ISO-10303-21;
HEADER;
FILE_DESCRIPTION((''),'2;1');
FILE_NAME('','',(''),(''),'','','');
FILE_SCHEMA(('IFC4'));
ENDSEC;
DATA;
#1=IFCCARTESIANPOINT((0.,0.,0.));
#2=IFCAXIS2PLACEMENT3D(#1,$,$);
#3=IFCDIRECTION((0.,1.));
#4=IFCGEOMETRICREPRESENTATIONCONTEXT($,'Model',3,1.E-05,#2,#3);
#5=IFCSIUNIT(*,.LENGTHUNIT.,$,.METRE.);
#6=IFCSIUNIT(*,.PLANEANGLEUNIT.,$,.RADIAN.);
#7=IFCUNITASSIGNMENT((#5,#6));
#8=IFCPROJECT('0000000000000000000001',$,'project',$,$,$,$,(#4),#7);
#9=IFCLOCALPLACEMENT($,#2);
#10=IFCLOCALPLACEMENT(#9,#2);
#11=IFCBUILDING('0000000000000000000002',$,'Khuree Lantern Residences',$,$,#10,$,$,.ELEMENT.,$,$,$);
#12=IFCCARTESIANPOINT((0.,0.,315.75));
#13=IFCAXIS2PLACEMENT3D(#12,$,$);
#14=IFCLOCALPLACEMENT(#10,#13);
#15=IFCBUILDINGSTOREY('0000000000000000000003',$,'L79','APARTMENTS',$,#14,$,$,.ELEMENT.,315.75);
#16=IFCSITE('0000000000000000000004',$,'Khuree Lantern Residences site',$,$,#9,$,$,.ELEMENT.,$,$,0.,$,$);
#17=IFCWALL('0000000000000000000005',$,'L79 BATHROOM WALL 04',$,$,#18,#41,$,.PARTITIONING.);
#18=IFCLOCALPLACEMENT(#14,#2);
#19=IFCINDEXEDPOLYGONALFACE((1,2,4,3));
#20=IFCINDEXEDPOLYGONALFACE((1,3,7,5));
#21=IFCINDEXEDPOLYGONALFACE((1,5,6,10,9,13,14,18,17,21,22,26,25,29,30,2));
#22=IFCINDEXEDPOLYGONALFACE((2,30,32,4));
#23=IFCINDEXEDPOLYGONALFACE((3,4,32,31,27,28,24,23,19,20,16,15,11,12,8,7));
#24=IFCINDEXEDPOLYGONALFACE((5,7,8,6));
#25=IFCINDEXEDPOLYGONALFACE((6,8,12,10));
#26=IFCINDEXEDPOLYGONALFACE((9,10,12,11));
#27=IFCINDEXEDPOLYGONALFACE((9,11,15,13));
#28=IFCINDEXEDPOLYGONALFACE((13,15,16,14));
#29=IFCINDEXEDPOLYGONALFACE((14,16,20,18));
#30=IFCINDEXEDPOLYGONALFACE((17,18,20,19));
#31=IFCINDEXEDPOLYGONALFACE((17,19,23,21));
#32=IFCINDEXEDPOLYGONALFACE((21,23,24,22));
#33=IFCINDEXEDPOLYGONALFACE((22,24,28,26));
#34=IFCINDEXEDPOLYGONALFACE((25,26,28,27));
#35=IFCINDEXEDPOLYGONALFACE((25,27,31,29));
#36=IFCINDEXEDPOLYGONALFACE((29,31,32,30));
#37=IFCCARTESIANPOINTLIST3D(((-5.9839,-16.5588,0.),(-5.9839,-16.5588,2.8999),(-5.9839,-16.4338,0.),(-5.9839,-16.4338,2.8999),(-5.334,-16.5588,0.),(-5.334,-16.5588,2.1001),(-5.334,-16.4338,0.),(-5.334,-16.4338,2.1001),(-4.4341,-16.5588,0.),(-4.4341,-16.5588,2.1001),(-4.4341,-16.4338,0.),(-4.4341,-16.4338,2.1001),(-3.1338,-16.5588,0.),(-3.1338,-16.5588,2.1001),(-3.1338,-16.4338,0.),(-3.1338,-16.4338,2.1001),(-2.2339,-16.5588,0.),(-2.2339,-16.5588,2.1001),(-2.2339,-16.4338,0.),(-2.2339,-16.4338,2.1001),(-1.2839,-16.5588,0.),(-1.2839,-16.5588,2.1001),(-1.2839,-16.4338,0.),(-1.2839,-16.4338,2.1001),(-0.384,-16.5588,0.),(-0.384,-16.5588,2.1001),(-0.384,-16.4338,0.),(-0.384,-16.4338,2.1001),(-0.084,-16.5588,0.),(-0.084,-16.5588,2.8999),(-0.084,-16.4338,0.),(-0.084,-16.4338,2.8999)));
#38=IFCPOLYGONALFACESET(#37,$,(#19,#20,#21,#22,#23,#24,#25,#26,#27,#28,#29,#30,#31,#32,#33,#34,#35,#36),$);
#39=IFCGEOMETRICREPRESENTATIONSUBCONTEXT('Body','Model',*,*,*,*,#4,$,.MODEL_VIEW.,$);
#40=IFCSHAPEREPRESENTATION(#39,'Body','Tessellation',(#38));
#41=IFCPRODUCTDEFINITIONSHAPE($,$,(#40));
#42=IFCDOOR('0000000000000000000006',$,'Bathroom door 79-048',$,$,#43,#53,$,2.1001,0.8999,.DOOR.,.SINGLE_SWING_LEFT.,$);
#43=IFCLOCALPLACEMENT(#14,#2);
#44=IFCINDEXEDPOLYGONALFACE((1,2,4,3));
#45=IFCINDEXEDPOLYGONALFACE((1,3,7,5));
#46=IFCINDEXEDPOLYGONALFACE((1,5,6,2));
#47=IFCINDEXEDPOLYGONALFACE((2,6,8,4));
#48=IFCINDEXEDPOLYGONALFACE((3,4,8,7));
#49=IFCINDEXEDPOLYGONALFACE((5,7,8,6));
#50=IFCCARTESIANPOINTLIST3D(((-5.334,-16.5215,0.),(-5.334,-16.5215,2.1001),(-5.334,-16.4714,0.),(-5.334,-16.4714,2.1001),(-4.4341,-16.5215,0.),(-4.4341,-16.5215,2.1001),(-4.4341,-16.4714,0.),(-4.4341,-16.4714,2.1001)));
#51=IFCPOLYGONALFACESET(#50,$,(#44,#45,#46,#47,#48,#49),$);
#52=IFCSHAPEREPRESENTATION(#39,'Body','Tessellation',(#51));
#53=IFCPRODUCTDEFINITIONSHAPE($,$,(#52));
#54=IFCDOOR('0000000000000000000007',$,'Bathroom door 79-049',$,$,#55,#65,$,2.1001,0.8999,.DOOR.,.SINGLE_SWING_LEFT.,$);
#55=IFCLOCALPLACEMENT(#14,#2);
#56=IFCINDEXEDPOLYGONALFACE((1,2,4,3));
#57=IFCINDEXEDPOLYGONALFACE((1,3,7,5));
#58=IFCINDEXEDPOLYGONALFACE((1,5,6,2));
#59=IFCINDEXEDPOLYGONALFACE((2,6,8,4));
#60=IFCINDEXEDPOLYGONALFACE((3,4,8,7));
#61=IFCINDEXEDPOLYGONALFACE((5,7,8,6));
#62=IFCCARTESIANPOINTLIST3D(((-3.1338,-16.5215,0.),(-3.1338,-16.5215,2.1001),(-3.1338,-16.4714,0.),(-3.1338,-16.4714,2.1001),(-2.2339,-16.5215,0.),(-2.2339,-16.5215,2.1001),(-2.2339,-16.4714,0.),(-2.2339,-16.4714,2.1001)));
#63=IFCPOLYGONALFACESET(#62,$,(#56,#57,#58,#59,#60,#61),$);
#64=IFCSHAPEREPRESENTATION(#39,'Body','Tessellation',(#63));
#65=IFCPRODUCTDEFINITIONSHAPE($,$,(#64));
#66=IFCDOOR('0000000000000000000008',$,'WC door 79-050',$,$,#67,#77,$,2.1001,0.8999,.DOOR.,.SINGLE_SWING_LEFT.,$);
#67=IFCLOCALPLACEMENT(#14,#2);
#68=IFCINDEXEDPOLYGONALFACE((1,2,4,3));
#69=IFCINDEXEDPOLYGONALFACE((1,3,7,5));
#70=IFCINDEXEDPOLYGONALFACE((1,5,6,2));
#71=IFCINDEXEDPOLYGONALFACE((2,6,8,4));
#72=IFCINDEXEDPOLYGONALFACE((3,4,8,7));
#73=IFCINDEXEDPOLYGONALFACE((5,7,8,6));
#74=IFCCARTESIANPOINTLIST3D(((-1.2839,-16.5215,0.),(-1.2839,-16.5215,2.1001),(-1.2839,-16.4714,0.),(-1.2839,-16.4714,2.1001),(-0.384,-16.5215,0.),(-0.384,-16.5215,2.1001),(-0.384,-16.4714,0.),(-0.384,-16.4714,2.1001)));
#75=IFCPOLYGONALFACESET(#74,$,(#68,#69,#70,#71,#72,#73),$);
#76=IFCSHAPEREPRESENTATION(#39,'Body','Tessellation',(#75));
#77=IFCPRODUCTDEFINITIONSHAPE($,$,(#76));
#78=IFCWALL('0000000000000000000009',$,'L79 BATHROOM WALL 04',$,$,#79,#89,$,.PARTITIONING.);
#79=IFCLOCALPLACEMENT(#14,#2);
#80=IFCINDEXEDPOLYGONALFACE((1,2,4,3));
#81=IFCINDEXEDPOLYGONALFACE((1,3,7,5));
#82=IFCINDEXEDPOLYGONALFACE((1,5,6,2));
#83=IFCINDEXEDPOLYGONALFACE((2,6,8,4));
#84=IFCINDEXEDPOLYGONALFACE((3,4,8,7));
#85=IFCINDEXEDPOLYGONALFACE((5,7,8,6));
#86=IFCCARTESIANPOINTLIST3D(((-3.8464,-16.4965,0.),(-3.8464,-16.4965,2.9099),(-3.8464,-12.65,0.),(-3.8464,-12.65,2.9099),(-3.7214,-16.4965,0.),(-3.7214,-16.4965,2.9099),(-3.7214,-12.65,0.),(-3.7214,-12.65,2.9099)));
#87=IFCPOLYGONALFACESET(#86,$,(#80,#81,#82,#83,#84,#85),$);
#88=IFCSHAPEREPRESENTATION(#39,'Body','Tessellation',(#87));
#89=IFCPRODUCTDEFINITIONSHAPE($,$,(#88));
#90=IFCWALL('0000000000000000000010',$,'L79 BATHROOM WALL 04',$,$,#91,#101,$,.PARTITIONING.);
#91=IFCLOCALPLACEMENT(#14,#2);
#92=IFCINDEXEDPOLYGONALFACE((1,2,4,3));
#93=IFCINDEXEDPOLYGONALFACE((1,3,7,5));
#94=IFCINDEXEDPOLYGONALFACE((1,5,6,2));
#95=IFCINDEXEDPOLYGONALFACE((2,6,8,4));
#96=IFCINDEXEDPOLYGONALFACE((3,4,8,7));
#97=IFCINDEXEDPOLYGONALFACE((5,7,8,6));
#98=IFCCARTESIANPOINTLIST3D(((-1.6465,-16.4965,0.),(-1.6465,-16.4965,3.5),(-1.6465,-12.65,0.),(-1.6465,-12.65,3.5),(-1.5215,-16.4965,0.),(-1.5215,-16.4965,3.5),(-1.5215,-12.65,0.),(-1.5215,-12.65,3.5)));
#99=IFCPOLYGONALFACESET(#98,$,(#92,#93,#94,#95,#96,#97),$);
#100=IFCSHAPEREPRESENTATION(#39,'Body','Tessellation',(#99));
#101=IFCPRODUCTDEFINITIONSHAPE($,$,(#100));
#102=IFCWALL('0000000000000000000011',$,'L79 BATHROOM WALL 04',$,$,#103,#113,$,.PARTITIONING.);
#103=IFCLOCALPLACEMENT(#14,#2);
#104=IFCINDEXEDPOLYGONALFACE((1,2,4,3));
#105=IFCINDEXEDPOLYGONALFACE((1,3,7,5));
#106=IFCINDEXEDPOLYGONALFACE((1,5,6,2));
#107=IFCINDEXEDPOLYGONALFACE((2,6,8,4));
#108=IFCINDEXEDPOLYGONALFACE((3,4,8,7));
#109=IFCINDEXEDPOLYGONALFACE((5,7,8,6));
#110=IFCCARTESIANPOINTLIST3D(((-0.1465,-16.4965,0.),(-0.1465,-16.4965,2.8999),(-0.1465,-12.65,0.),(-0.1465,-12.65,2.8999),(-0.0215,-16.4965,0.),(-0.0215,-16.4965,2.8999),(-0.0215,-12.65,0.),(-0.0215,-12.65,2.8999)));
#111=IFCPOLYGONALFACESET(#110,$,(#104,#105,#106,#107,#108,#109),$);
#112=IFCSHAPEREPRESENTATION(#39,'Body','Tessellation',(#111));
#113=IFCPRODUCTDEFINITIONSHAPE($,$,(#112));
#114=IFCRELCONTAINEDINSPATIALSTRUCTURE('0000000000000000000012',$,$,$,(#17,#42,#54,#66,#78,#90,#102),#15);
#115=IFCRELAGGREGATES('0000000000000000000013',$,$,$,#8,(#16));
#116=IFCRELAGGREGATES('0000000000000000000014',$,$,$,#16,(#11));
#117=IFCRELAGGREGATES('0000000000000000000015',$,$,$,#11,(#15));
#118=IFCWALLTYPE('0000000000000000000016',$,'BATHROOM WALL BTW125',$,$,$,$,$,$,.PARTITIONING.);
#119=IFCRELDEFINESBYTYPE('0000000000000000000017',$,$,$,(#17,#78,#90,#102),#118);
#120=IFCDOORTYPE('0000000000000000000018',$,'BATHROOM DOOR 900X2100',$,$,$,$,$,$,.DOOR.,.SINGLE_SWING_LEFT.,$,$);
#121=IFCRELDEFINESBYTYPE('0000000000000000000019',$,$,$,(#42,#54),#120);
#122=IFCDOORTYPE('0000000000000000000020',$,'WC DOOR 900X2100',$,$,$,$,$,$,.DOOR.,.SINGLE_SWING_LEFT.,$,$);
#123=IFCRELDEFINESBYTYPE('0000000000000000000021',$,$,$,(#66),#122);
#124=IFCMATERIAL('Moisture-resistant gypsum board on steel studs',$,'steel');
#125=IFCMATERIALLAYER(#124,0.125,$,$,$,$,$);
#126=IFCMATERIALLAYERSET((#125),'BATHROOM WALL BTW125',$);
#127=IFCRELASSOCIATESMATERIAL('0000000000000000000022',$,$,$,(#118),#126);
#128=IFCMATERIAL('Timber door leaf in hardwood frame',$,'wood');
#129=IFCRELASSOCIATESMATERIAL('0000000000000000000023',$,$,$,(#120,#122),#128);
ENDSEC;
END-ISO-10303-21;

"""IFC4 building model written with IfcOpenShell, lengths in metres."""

from ifc_helpers import new_model, si_unit, direction, frame, frame_2d, origin, place, context, subcontext, project, spatial, rectangle, extrude, material, layer, layer_set, type_object, element, fill, save


model = new_model("IFC4")

# Units and contexts
model_context = context("Model", 3, precision=1e-05, world=origin(), true_north=direction((0.0, 1.0)))
body_context = subcontext(model_context, "Body", "Model", "MODEL_VIEW")
ifc_project = project(units=[si_unit("LENGTHUNIT", "METRE"), si_unit("PLANEANGLEUNIT", "RADIAN")], contexts=[model_context])

# Site, building, storey
site_placement = place(None, origin())
site = spatial("IfcSite", under=ifc_project, at=site_placement, Name="Khuree Lantern Residences site", CompositionType="ELEMENT", RefElevation=0.0)
building_placement = place(site_placement, origin())
building = spatial("IfcBuilding", under=site, at=building_placement, Name="Khuree Lantern Residences", CompositionType="ELEMENT")
storey_placement = place(building_placement, frame((0.0, 0.0, 315.75)))
storey = spatial("IfcBuildingStorey", under=building, at=storey_placement, Name="L79", Description="APARTMENTS", CompositionType="ELEMENT", Elevation=315.75)

# Wall, openings, doors
ifc_material_1 = material(Name="Moisture-resistant gypsum board on steel studs", Category="steel")
ifc_layer_1 = layer(ifc_material_1, 0.125)
ifc_layer_set_1 = layer_set([ifc_layer_1], Name="BATHROOM WALL BTW125")
wall_type_1 = type_object("IfcWallType", Name="BATHROOM WALL BTW125", PredefinedType="PARTITIONING", material=ifc_layer_set_1)
wall_1_placement = place(storey_placement, frame((-5.9839, -16.4963, 0.0), z_axis=(0.0, 0.0, 1.0), x_axis=(1.0, 0.0, 0.0)))
wall_1 = element("IfcWall", 1, at=wall_1_placement, inside=storey, type_object=wall_type_1, Name="L79 BATHROOM WALL 04", PredefinedType="PARTITIONING", context=body_context, shape_type="SweptSolid", body=[
    extrude(rectangle(XDim=5.8999, YDim=0.125, at=frame_2d((2.95, 0.0))), origin(), (0.0, 0.0, 1.0), 2.8999),
])
opening_1_placement = place(wall_1_placement, frame((0.6499, 0.0, 0.0)))
opening_1 = element("IfcOpeningElement", 2, at=opening_1_placement, cuts=wall_1, PredefinedType="OPENING", context=body_context, shape_type="SweptSolid", body=[
    extrude(rectangle(XDim=0.8999, YDim=2.1001, at=frame_2d((0.45, 1.05))), frame((0.0, 0.0725, 0.0), z_axis=(0.0, -1.0, 0.0), x_axis=(1.0, 0.0, 0.0)), (0.0, 0.0, 1.0), 0.145),
])
opening_2_placement = place(wall_1_placement, frame((2.8501, 0.0, 0.0)))
opening_2 = element("IfcOpeningElement", 3, at=opening_2_placement, cuts=wall_1, PredefinedType="OPENING", context=body_context, shape_type="SweptSolid", body=[
    extrude(rectangle(XDim=0.8999, YDim=2.1001, at=frame_2d((0.45, 1.05))), frame((0.0, 0.0725, 0.0), z_axis=(0.0, -1.0, 0.0), x_axis=(1.0, 0.0, 0.0)), (0.0, 0.0, 1.0), 0.145),
])
opening_3_placement = place(wall_1_placement, frame((4.7, 0.0, 0.0)))
opening_3 = element("IfcOpeningElement", 4, at=opening_3_placement, cuts=wall_1, PredefinedType="OPENING", context=body_context, shape_type="SweptSolid", body=[
    extrude(rectangle(XDim=0.8999, YDim=2.1001, at=frame_2d((0.45, 1.05))), frame((0.0, 0.0725, 0.0), z_axis=(0.0, -1.0, 0.0), x_axis=(1.0, 0.0, 0.0)), (0.0, 0.0, 1.0), 0.145),
])
ifc_material_2 = material(Name="Timber door leaf in hardwood frame", Category="wood")
door_type_1 = type_object("IfcDoorType", Name="BATHROOM DOOR 900X2100", OperationType="SINGLE_SWING_LEFT", PredefinedType="DOOR", material=ifc_material_2)
door_1_placement = place(opening_1_placement, origin())
door_1 = element("IfcDoor", 5, at=door_1_placement, inside=storey, type_object=door_type_1, Name="Bathroom door 79-048", OperationType="SINGLE_SWING_LEFT", OverallHeight=2.1001, OverallWidth=0.8999, PredefinedType="DOOR", context=body_context, shape_type="SweptSolid", body=[
    extrude(rectangle(XDim=0.8999, YDim=2.1001, at=frame_2d((0.45, 1.05))), frame((0.0, 0.0249, 0.0), z_axis=(0.0, -1.0, 0.0), x_axis=(1.0, 0.0, 0.0)), (0.0, 0.0, 1.0), 0.05),
])
fill(opening_1, door_1)
door_2_placement = place(opening_2_placement, origin())
door_2 = element("IfcDoor", 6, at=door_2_placement, inside=storey, type_object=door_type_1, Name="Bathroom door 79-049", OperationType="SINGLE_SWING_LEFT", OverallHeight=2.1001, OverallWidth=0.8999, PredefinedType="DOOR", context=body_context, shape_type="SweptSolid", body=[
    extrude(rectangle(XDim=0.8999, YDim=2.1001, at=frame_2d((0.45, 1.05))), frame((0.0, 0.0249, 0.0), z_axis=(0.0, -1.0, 0.0), x_axis=(1.0, 0.0, 0.0)), (0.0, 0.0, 1.0), 0.05),
])
fill(opening_2, door_2)
door_type_2 = type_object("IfcDoorType", Name="WC DOOR 900X2100", OperationType="SINGLE_SWING_LEFT", PredefinedType="DOOR", material=ifc_material_2)
door_3_placement = place(opening_3_placement, origin())
door_3 = element("IfcDoor", 7, at=door_3_placement, inside=storey, type_object=door_type_2, Name="WC door 79-050", OperationType="SINGLE_SWING_LEFT", OverallHeight=2.1001, OverallWidth=0.8999, PredefinedType="DOOR", context=body_context, shape_type="SweptSolid", body=[
    extrude(rectangle(XDim=0.8999, YDim=2.1001, at=frame_2d((0.45, 1.05))), frame((0.0, 0.0249, 0.0), z_axis=(0.0, -1.0, 0.0), x_axis=(1.0, 0.0, 0.0)), (0.0, 0.0, 1.0), 0.05),
])
fill(opening_3, door_3)

# Walls
wall_2_placement = place(storey_placement, frame((-3.7839, -12.6499, 0.0), z_axis=(0.0, 0.0, 1.0), x_axis=(0.0, -1.0, 0.0)))
element("IfcWall", 8, at=wall_2_placement, inside=storey, type_object=wall_type_1, Name="L79 BATHROOM WALL 04", PredefinedType="PARTITIONING", context=body_context, shape_type="SweptSolid", body=[
    extrude(rectangle(XDim=3.8464, YDim=0.125, at=frame_2d((1.9233, 0.0))), origin(), (0.0, 0.0, 1.0), 2.9099),
])
wall_3_placement = place(storey_placement, frame((-1.584, -12.6499, 0.0), z_axis=(0.0, 0.0, 1.0), x_axis=(0.0, -1.0, 0.0)))
element("IfcWall", 9, at=wall_3_placement, inside=storey, type_object=wall_type_1, Name="L79 BATHROOM WALL 04", PredefinedType="PARTITIONING", context=body_context, shape_type="SweptSolid", body=[
    extrude(rectangle(XDim=3.8464, YDim=0.125, at=frame_2d((1.9233, 0.0))), origin(), (0.0, 0.0, 1.0), 3.5),
])
wall_4_placement = place(storey_placement, frame((-0.084, -12.6499, 0.0), z_axis=(0.0, 0.0, 1.0), x_axis=(0.0, -1.0, 0.0)))
element("IfcWall", 10, at=wall_4_placement, inside=storey, type_object=wall_type_1, Name="L79 BATHROOM WALL 04", PredefinedType="PARTITIONING", context=body_context, shape_type="SweptSolid", body=[
    extrude(rectangle(XDim=3.8464, YDim=0.125, at=frame_2d((1.9233, 0.0))), origin(), (0.0, 0.0, 1.0), 2.8999),
])

save(model, "model.ifc")
